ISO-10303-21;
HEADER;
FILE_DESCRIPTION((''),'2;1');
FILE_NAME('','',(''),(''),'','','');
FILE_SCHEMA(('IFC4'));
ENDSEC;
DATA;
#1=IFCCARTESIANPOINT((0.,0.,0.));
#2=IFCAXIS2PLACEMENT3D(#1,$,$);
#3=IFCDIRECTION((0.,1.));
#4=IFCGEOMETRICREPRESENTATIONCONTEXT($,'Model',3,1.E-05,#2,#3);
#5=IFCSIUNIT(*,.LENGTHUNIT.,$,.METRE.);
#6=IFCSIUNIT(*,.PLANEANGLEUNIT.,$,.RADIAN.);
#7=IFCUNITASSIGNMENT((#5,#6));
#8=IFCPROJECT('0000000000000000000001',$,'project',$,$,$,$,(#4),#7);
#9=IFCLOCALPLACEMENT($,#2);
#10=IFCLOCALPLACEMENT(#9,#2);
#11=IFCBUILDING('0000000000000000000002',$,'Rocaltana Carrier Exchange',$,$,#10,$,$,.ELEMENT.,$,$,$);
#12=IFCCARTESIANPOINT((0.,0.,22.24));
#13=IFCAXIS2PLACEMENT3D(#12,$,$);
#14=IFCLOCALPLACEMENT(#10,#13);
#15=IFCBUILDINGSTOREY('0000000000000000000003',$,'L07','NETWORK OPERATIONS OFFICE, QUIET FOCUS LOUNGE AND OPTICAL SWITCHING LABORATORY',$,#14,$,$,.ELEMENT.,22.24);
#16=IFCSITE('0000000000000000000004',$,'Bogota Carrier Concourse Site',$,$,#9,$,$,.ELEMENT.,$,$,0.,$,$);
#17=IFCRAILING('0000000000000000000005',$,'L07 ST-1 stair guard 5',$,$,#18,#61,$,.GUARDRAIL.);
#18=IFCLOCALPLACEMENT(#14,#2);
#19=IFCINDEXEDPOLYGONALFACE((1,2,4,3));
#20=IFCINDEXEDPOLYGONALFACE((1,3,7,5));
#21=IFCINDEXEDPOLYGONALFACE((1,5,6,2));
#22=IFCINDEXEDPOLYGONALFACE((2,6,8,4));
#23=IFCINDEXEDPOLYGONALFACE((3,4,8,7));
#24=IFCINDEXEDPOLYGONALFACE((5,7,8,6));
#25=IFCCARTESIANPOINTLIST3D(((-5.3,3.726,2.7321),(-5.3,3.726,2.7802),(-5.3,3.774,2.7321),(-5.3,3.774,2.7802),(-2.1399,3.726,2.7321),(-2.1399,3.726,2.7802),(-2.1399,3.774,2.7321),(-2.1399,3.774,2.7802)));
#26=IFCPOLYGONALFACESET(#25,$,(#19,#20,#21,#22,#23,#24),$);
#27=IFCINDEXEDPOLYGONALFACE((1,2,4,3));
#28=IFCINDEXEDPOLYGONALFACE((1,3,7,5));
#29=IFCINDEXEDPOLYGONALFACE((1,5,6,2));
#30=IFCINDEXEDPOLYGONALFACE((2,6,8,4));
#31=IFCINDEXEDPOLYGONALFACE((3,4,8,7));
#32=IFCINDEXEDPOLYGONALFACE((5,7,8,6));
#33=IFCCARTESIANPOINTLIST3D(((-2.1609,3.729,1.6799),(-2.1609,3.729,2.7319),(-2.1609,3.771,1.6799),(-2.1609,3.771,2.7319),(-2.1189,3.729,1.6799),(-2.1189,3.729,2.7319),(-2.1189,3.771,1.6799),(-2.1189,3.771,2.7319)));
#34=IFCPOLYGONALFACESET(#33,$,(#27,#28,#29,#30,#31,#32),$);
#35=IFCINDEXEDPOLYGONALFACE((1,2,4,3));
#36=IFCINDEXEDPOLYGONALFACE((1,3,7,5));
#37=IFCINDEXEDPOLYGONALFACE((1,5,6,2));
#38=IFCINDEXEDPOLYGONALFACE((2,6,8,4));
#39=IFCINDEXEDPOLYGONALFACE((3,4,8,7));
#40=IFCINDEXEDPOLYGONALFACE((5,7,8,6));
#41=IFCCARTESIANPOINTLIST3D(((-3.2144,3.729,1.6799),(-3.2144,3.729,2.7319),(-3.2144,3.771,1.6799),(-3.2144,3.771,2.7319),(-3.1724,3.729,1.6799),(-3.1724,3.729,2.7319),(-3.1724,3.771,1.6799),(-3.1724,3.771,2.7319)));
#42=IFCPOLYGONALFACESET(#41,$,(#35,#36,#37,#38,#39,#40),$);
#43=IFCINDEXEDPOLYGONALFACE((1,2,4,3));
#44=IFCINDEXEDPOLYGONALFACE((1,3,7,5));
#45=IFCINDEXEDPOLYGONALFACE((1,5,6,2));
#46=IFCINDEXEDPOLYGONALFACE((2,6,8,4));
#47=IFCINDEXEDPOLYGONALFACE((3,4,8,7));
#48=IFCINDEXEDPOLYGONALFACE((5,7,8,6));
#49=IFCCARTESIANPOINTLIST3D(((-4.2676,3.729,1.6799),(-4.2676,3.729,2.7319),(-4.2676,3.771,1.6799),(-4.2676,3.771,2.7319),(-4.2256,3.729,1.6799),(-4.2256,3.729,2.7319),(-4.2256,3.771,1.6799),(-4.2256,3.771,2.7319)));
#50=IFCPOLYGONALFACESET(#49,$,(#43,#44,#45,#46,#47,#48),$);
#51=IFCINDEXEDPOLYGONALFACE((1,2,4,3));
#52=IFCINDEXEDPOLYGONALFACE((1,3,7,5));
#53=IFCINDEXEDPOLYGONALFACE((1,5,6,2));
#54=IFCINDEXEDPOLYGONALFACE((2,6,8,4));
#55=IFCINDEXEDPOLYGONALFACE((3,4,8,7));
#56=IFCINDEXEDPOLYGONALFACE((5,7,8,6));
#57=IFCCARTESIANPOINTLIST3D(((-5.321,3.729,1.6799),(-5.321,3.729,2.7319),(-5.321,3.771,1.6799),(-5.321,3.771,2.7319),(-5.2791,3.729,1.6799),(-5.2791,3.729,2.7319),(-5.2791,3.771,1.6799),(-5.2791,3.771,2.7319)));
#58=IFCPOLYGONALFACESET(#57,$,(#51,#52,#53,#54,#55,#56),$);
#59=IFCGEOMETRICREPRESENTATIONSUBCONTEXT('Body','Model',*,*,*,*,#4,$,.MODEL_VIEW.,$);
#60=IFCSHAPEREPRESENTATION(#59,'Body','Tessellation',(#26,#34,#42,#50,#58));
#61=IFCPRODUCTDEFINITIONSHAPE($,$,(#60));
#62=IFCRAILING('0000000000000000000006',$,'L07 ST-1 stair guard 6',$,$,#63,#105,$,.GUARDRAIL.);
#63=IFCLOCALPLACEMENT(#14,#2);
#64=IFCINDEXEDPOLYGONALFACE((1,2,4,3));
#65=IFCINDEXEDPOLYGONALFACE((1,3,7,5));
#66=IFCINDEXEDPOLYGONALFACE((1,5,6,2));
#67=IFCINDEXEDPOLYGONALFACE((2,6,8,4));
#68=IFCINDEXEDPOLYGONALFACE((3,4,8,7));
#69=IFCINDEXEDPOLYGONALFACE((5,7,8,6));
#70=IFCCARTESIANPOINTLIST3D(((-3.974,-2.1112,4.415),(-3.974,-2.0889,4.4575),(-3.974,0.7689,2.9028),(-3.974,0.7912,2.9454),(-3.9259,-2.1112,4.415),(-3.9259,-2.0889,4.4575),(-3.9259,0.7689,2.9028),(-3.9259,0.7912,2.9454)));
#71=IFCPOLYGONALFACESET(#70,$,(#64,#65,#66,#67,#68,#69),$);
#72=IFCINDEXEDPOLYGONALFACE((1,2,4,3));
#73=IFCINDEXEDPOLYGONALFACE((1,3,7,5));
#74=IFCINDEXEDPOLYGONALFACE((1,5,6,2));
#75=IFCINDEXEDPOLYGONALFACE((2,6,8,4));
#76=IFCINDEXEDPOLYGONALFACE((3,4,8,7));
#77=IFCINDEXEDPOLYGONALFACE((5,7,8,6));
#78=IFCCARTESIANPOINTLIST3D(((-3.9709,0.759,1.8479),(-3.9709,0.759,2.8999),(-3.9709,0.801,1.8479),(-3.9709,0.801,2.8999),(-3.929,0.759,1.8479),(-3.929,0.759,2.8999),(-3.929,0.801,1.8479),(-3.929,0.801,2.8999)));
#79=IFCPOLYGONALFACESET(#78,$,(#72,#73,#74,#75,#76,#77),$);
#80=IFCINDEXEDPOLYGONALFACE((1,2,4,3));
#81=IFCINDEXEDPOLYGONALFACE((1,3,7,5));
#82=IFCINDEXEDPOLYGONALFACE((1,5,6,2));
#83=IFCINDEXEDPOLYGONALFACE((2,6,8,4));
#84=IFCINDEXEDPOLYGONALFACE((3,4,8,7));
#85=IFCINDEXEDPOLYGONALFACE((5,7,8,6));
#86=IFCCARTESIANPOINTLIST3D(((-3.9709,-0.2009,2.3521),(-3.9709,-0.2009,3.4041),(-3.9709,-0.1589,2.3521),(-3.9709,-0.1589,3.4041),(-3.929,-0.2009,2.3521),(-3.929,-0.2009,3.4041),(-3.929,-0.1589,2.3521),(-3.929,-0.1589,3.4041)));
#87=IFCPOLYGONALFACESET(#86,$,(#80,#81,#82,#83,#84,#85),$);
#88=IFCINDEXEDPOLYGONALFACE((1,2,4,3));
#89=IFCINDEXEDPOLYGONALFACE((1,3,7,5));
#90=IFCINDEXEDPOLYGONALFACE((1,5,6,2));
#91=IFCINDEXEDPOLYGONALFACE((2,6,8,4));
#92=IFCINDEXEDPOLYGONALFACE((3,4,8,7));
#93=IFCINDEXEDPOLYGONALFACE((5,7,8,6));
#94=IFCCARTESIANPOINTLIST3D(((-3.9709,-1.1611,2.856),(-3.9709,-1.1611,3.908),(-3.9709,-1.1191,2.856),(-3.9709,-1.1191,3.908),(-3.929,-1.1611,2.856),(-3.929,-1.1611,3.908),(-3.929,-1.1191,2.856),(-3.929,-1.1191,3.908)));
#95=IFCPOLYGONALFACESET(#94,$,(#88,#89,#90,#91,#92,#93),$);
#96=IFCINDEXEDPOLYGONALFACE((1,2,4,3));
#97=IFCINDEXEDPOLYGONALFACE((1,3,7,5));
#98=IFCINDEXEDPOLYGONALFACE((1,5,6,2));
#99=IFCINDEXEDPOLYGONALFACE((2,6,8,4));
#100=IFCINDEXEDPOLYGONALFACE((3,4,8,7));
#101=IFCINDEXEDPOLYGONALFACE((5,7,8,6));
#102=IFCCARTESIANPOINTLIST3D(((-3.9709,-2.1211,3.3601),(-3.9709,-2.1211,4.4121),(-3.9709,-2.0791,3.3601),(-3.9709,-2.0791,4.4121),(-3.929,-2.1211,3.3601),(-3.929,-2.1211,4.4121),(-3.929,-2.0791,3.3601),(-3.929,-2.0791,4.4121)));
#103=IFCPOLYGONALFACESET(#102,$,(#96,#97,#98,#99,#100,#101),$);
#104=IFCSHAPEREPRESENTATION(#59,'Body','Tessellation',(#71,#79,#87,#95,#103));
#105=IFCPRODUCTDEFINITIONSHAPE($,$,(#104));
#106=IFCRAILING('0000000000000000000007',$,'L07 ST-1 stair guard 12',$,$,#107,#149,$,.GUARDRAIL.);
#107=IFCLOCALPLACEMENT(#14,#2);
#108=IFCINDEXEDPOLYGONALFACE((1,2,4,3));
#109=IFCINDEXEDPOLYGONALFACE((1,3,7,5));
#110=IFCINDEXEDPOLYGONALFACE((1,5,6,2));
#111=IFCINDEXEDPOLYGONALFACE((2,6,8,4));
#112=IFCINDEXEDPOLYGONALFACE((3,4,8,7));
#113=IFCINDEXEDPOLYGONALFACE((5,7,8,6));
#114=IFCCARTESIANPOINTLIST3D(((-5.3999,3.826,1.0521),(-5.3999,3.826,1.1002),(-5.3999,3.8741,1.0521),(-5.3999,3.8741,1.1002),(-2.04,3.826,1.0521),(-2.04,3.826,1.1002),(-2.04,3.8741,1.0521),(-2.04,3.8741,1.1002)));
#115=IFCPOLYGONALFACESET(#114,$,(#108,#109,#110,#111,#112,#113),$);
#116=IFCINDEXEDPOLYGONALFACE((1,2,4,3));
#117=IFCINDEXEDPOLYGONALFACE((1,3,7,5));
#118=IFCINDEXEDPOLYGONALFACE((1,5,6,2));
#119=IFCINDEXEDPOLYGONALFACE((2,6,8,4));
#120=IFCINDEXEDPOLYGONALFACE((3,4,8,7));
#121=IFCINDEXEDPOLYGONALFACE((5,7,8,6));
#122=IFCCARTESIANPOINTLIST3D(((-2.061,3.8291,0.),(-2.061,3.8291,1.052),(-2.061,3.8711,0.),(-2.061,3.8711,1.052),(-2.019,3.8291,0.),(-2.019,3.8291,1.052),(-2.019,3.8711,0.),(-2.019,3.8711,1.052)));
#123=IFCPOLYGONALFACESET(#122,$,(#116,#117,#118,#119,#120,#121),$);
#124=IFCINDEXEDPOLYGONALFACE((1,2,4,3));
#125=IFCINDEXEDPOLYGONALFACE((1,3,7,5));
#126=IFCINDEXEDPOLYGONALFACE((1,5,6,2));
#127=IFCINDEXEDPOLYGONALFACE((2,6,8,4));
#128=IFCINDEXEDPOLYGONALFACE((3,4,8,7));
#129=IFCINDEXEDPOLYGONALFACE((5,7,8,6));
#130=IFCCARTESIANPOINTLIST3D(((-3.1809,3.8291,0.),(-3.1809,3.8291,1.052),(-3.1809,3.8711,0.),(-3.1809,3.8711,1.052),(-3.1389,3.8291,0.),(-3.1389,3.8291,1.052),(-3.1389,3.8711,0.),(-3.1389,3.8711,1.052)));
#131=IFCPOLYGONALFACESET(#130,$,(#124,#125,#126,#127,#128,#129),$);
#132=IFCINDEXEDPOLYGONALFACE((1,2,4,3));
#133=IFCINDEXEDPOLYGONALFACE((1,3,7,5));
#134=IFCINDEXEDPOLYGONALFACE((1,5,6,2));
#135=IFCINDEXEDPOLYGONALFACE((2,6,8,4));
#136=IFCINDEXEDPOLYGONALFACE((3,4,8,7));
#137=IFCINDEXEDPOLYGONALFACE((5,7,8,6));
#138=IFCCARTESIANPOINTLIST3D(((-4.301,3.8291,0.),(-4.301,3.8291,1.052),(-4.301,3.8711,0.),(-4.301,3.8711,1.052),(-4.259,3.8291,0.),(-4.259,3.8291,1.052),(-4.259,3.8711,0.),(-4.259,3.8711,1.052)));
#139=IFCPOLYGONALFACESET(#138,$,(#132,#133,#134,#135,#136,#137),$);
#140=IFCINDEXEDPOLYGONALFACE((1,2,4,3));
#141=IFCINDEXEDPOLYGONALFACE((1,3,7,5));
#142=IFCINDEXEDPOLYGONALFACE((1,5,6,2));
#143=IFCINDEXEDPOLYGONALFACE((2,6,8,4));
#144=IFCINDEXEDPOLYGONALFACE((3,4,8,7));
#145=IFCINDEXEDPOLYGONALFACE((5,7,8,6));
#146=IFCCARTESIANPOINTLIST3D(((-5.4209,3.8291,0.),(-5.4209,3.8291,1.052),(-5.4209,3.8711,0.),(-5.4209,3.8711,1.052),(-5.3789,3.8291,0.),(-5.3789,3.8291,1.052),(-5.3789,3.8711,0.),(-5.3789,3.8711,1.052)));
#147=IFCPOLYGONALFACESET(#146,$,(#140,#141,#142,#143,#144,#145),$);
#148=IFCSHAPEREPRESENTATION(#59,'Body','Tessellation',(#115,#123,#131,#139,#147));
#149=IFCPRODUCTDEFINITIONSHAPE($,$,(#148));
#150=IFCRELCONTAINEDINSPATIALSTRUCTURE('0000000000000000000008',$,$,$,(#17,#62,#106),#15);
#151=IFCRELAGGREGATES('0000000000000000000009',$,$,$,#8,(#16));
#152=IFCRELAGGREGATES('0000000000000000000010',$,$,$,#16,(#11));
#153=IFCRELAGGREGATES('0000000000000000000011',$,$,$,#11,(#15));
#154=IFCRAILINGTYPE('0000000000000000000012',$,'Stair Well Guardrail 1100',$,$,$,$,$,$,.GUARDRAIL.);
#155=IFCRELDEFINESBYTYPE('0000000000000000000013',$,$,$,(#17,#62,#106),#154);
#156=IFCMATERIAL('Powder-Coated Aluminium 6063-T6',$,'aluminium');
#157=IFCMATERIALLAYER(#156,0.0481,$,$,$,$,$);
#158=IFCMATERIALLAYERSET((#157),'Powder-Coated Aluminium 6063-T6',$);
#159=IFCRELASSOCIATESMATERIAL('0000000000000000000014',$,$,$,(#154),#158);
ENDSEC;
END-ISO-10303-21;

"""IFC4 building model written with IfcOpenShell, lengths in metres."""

from ifc_helpers import new_model, si_unit, direction, frame, origin, origin_2d, place, context, subcontext, project, spatial, rectangle, extrude, material, layer, layer_set, type_object, element, save


model = new_model("IFC4")

# Units and contexts
model_context = context("Model", 3, precision=1e-05, world=origin(), true_north=direction((0.0, 1.0)))
body_context = subcontext(model_context, "Body", "Model", "MODEL_VIEW")
ifc_project = project(units=[si_unit("LENGTHUNIT", "METRE"), si_unit("PLANEANGLEUNIT", "RADIAN")], contexts=[model_context])

# Site, building, storey
site_placement = place(None, origin())
site = spatial("IfcSite", under=ifc_project, at=site_placement, Name="Bogota Carrier Concourse Site", CompositionType="ELEMENT", RefElevation=0.0)
building_placement = place(site_placement, origin())
building = spatial("IfcBuilding", under=site, at=building_placement, Name="Rocaltana Carrier Exchange", CompositionType="ELEMENT")
storey_placement = place(building_placement, frame((0.0, 0.0, 22.24)))
storey = spatial("IfcBuildingStorey", under=building, at=storey_placement, Name="L07", Description="NETWORK OPERATIONS OFFICE, QUIET FOCUS LOUNGE AND OPTICAL SWITCHING LABORATORY", CompositionType="ELEMENT", Elevation=22.24)

# Railings
ifc_material_1 = material(Name="Powder-Coated Aluminium 6063-T6", Category="aluminium")
ifc_layer_1 = layer(ifc_material_1, 0.0481)
ifc_layer_set_1 = layer_set([ifc_layer_1], Name="Powder-Coated Aluminium 6063-T6")
railing_type_1 = type_object("IfcRailingType", Name="Stair Well Guardrail 1100", PredefinedType="GUARDRAIL", material=ifc_layer_set_1)
railing_1_placement = place(storey_placement, frame((-2.1399, 3.75, 1.6799)))
element("IfcRailing", 1, at=railing_1_placement, inside=storey, type_object=railing_type_1, Name="L07 ST-1 stair guard 5", PredefinedType="GUARDRAIL", context=body_context, shape_type="SweptSolid", body=[
    extrude(rectangle(XDim=0.0481, YDim=0.0481, at=origin_2d()), frame((0.0, 0.0, 1.0762), z_axis=(-1.0, 0.0, 0.0), x_axis=(0.0, -1.0, 0.0)), (0.0, 0.0, 1.0), 3.1602),
    extrude(rectangle(XDim=0.042, YDim=0.042, at=origin_2d()), origin(), (0.0, 0.0, 1.0), 1.052),
    extrude(rectangle(XDim=0.042, YDim=0.042, at=origin_2d()), frame((-1.0535, 0.0, 0.0)), (0.0, 0.0, 1.0), 1.052),
    extrude(rectangle(XDim=0.042, YDim=0.042, at=origin_2d()), frame((-2.1067, 0.0, 0.0)), (0.0, 0.0, 1.0), 1.052),
    extrude(rectangle(XDim=0.042, YDim=0.042, at=origin_2d()), frame((-3.1602, 0.0, 0.0)), (0.0, 0.0, 1.0), 1.052),
])
railing_2_placement = place(storey_placement, frame((-3.95, 0.78, 1.8479)))
element("IfcRailing", 2, at=railing_2_placement, inside=storey, type_object=railing_type_1, Name="L07 ST-1 stair guard 6", PredefinedType="GUARDRAIL", context=body_context, shape_type="SweptSolid", body=[
    extrude(rectangle(XDim=0.0481, YDim=0.0481, at=origin_2d()), frame((0.0, 0.0, 1.0762), z_axis=(0.0, -0.88538, 0.464868), x_axis=(1.0, 0.0, 0.0)), (0.0, 0.0, 1.0), 3.2529),
    extrude(rectangle(XDim=0.042, YDim=0.042, at=origin_2d()), origin(), (0.0, 0.0, 1.0), 1.052),
    extrude(rectangle(XDim=0.042, YDim=0.042, at=origin_2d()), frame((0.0, -0.96, 0.5042)), (0.0, 0.0, 1.0), 1.052),
    extrude(rectangle(XDim=0.042, YDim=0.042, at=origin_2d()), frame((0.0, -1.9202, 1.0081)), (0.0, 0.0, 1.0), 1.052),
    extrude(rectangle(XDim=0.042, YDim=0.042, at=origin_2d()), frame((0.0, -2.8801, 1.5122)), (0.0, 0.0, 1.0), 1.052),
])
railing_3_placement = place(storey_placement, frame((-2.04, 3.8501, 0.0)))
element("IfcRailing", 3, at=railing_3_placement, inside=storey, type_object=railing_type_1, Name="L07 ST-1 stair guard 12", PredefinedType="GUARDRAIL", context=body_context, shape_type="SweptSolid", body=[
    extrude(rectangle(XDim=0.0481, YDim=0.0481, at=origin_2d()), frame((0.0, 0.0, 1.0762), z_axis=(-1.0, 0.0, 0.0), x_axis=(0.0, -1.0, 0.0)), (0.0, 0.0, 1.0), 3.3599),
    extrude(rectangle(XDim=0.042, YDim=0.042, at=origin_2d()), origin(), (0.0, 0.0, 1.0), 1.052),
    extrude(rectangle(XDim=0.042, YDim=0.042, at=origin_2d()), frame((-1.1199, 0.0, 0.0)), (0.0, 0.0, 1.0), 1.052),
    extrude(rectangle(XDim=0.042, YDim=0.042, at=origin_2d()), frame((-2.24, 0.0, 0.0)), (0.0, 0.0, 1.0), 1.052),
    extrude(rectangle(XDim=0.042, YDim=0.042, at=origin_2d()), frame((-3.3599, 0.0, 0.0)), (0.0, 0.0, 1.0), 1.052),
])

save(model, "model.ifc")
